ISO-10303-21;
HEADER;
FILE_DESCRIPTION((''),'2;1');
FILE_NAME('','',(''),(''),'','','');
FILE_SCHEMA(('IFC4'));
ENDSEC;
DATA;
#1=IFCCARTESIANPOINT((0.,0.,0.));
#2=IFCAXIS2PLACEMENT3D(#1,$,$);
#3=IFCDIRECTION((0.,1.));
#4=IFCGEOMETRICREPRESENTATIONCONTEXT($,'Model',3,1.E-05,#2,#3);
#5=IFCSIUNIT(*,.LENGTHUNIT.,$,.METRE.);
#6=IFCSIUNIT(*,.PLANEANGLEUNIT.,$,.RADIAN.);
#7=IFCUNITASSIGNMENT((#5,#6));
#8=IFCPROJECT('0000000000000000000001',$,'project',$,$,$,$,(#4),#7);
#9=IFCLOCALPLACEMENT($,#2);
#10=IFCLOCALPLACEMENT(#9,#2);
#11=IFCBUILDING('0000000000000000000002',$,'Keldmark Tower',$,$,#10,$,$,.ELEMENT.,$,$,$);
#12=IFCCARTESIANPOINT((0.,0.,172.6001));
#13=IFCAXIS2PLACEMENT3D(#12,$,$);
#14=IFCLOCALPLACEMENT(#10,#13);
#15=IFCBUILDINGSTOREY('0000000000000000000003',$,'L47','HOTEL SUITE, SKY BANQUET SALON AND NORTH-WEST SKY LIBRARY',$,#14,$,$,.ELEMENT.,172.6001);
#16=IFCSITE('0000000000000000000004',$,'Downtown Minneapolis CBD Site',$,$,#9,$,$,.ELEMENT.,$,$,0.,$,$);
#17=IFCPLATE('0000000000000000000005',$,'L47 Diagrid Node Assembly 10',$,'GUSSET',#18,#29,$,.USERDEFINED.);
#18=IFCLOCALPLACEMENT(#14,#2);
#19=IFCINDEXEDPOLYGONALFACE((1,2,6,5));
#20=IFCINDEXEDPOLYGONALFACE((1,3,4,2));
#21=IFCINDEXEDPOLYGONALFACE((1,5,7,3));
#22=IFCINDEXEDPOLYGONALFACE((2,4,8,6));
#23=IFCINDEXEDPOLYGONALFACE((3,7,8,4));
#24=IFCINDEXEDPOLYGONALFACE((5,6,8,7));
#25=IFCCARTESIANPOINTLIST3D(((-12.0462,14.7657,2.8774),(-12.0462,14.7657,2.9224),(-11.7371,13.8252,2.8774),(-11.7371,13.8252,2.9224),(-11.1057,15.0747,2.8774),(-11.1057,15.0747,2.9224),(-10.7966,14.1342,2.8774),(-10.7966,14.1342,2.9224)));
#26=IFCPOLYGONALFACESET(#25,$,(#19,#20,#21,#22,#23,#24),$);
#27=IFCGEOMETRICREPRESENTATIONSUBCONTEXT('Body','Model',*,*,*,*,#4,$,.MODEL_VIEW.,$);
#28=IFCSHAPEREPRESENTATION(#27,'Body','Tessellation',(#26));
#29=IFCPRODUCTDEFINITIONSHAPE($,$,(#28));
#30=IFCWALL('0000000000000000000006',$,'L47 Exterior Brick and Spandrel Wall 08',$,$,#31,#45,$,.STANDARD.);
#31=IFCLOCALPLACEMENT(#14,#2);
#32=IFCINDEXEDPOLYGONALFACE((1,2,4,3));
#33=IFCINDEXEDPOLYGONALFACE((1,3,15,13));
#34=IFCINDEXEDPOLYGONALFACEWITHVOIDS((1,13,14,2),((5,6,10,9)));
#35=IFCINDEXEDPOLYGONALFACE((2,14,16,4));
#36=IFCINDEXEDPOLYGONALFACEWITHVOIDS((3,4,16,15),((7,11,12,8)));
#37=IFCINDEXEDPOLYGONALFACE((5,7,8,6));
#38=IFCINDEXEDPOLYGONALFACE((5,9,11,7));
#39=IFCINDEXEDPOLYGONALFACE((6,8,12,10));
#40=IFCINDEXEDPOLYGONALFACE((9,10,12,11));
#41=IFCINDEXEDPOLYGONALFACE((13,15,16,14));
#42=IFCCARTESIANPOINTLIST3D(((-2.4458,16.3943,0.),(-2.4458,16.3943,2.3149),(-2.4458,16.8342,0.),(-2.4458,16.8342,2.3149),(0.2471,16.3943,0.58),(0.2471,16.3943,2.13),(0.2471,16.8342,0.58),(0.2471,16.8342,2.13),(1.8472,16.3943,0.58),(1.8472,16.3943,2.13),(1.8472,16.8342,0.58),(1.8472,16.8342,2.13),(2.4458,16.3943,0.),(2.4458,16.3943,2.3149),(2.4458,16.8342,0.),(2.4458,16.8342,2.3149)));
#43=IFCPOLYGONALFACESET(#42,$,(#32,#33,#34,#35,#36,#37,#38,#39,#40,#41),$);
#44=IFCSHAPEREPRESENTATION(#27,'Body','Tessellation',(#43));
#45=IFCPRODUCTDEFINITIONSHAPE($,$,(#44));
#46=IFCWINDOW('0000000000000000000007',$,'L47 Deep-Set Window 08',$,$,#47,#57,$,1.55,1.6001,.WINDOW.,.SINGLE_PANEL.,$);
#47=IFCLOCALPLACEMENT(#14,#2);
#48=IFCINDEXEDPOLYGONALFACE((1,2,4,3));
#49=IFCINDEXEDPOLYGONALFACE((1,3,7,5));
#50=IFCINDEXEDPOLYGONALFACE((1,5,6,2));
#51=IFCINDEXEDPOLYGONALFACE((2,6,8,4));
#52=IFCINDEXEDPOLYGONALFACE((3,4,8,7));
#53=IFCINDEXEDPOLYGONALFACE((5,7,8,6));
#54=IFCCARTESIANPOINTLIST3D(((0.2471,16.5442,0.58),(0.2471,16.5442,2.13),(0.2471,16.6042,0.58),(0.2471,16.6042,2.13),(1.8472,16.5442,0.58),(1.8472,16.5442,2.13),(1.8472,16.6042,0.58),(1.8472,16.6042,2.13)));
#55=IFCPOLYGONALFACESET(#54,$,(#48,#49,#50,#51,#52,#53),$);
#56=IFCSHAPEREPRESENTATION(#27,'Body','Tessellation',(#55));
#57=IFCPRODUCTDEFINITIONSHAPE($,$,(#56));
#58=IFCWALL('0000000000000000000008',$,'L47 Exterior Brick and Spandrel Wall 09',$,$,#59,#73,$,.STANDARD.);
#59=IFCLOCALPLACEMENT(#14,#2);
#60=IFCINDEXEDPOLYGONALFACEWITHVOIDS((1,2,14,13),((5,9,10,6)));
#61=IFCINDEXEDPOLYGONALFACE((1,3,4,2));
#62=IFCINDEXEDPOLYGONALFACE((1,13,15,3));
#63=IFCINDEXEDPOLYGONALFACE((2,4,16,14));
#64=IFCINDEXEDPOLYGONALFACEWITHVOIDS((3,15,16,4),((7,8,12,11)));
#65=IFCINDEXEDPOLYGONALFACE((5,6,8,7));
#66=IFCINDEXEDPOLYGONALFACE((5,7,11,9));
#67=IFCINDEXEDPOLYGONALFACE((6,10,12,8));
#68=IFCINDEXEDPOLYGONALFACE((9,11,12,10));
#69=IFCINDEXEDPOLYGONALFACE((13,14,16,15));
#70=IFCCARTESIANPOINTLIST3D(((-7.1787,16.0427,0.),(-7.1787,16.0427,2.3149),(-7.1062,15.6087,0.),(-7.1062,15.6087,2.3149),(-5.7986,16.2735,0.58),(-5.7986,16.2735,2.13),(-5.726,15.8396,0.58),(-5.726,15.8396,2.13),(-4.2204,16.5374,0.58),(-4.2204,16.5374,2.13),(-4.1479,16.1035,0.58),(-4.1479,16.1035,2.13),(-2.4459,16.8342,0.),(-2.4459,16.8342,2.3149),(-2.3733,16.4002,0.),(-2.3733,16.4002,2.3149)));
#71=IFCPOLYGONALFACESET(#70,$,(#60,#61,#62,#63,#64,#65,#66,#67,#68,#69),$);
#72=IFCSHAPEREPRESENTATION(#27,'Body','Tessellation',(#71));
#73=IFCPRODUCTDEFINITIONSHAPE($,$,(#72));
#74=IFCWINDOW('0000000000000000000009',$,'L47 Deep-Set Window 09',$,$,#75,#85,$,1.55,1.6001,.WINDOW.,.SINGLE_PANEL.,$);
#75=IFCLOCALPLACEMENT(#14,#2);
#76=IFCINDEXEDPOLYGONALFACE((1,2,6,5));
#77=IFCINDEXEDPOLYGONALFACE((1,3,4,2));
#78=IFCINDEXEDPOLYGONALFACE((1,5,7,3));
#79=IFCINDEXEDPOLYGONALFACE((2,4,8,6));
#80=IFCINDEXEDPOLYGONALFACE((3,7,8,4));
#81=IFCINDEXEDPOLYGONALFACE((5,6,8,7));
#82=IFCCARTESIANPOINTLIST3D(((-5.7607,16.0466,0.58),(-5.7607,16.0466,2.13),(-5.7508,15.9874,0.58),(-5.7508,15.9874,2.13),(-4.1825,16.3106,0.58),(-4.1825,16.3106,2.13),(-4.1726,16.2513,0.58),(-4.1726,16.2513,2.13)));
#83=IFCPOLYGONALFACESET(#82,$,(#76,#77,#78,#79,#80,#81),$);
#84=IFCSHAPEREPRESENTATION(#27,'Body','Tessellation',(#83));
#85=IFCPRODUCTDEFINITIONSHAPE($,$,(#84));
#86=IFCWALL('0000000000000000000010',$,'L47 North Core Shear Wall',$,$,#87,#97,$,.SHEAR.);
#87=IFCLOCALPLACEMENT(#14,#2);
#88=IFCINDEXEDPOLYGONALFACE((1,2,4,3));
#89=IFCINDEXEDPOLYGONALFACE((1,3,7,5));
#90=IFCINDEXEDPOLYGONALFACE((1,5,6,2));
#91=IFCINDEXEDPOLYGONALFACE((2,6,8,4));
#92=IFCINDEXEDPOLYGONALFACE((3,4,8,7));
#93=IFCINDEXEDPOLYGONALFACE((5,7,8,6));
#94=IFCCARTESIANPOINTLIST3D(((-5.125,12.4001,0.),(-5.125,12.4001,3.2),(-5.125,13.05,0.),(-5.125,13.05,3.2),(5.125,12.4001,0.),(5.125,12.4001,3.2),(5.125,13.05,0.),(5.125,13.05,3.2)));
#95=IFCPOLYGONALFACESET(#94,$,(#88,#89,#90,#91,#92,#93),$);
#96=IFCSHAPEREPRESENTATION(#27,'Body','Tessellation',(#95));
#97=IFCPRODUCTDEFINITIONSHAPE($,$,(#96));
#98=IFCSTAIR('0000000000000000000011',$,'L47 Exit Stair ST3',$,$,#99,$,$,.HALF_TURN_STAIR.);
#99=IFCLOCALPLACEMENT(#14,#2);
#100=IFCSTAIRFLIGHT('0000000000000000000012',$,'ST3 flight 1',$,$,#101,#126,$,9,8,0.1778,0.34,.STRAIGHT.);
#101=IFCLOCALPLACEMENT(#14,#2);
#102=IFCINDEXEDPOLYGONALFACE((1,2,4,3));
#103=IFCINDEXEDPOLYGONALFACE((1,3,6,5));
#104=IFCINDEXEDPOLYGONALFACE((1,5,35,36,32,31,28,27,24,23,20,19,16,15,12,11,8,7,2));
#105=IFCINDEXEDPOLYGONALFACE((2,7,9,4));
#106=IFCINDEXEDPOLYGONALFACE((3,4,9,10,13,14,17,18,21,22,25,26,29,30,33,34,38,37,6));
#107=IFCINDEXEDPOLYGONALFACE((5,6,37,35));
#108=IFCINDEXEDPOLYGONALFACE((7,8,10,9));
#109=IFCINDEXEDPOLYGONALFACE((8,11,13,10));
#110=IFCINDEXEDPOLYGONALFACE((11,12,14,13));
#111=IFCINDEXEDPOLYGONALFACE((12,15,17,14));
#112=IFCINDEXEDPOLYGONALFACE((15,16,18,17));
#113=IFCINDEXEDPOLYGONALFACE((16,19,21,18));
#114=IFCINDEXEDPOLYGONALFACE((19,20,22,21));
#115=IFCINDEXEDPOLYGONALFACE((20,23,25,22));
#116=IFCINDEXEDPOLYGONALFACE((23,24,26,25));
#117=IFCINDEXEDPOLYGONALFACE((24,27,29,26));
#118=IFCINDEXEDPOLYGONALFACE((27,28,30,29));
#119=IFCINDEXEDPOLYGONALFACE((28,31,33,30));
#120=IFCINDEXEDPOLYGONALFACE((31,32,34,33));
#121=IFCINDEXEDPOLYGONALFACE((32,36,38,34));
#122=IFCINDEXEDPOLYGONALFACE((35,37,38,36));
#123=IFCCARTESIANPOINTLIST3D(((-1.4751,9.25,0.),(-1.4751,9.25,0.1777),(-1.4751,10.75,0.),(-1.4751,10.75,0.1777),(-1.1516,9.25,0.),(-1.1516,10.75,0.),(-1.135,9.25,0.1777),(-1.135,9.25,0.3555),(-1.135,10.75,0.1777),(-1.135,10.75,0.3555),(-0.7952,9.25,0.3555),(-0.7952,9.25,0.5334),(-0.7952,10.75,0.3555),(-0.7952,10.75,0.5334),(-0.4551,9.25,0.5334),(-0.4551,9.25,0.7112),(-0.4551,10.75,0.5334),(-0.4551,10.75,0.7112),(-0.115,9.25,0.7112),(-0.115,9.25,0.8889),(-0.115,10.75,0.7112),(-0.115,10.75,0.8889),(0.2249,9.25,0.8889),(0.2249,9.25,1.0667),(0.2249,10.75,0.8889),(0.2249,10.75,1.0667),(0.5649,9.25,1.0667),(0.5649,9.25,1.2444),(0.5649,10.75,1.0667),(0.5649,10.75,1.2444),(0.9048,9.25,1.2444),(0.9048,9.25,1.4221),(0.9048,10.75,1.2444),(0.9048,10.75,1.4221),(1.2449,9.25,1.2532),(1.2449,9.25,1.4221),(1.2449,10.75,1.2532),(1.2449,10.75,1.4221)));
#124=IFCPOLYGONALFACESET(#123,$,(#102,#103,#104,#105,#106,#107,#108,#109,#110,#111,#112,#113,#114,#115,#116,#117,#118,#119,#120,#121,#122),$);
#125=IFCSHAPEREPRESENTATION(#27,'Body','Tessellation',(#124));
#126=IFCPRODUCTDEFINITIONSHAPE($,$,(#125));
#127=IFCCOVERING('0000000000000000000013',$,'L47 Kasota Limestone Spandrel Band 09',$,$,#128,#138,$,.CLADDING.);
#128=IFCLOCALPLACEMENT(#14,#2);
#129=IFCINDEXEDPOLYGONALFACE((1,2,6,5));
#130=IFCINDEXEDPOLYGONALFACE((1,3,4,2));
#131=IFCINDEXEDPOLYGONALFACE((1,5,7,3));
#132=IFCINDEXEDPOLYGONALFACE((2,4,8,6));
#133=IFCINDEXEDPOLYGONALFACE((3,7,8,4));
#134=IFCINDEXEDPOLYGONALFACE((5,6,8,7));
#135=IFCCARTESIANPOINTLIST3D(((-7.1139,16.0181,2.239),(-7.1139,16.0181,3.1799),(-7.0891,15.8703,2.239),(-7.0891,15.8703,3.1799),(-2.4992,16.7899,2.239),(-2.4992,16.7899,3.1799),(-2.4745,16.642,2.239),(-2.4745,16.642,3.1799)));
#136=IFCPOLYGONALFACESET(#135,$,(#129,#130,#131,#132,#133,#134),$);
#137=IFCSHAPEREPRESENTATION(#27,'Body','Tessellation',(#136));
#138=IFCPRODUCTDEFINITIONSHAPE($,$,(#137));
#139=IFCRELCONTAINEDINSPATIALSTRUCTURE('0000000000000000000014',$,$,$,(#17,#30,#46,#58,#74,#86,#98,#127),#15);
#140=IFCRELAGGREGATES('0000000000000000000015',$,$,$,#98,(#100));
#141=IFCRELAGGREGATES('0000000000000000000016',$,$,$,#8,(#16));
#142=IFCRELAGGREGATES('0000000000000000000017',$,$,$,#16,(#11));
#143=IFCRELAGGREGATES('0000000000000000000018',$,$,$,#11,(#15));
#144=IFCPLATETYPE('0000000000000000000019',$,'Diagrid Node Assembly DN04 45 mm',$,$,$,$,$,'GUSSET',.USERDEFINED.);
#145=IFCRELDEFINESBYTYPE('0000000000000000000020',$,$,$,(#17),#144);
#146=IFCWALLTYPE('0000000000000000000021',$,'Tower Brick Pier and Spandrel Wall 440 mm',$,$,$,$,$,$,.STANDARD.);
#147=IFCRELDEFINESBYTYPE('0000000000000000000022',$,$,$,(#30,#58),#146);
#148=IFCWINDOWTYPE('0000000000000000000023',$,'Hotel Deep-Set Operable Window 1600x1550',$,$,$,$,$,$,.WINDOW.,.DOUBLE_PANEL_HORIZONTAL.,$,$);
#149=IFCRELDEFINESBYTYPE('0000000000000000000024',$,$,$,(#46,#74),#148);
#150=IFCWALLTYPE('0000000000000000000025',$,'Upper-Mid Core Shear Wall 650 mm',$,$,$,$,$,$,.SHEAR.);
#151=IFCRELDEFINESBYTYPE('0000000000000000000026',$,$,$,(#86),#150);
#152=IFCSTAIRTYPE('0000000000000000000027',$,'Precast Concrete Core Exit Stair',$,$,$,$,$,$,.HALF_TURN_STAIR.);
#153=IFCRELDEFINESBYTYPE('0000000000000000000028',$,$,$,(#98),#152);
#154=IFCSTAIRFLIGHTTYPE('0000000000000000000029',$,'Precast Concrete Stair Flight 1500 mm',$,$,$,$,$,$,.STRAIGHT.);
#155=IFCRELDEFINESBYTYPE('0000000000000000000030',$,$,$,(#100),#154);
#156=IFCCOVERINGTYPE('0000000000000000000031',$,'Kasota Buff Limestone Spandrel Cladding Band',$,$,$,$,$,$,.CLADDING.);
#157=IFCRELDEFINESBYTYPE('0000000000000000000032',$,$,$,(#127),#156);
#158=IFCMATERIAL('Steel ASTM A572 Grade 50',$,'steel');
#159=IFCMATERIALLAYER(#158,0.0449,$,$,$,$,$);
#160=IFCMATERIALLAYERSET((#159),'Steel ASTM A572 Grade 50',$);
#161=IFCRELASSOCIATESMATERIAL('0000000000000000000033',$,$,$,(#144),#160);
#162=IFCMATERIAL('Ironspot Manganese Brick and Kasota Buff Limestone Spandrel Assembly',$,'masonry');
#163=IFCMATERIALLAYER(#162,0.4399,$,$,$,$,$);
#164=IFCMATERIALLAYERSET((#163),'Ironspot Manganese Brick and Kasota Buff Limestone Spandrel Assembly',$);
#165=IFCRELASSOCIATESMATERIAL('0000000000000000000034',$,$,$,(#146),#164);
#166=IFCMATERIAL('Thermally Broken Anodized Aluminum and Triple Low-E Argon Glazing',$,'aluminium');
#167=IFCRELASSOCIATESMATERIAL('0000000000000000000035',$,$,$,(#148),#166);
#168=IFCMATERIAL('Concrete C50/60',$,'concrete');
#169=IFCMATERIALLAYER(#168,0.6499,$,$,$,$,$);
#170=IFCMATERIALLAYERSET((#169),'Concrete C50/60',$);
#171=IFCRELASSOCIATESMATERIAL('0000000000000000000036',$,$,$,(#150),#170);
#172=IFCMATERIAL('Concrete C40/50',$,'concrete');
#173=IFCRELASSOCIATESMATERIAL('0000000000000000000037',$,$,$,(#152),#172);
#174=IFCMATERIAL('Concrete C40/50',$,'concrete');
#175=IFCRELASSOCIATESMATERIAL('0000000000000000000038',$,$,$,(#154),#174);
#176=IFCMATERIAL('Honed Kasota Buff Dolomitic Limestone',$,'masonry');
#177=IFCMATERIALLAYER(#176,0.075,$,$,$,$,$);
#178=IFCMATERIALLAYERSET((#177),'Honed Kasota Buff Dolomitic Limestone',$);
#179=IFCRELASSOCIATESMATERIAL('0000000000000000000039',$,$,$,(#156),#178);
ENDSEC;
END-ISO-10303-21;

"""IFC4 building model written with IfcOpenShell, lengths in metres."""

from ifc_helpers import new_model, si_unit, direction, frame, frame_2d, origin, origin_2d, place, context, subcontext, project, spatial, polyline, rectangle, outline, extrude, material, layer, layer_set, type_object, element, fill, aggregate, save


model = new_model("IFC4")

# Units and contexts
model_context = context("Model", 3, precision=1e-05, world=origin(), true_north=direction((0.0, 1.0)))
body_context = subcontext(model_context, "Body", "Model", "MODEL_VIEW")
ifc_project = project(units=[si_unit("LENGTHUNIT", "METRE"), si_unit("PLANEANGLEUNIT", "RADIAN")], contexts=[model_context])

# Site, building, storey
site_placement = place(None, origin())
site = spatial("IfcSite", under=ifc_project, at=site_placement, Name="Downtown Minneapolis CBD Site", CompositionType="ELEMENT", RefElevation=0.0)
building_placement = place(site_placement, origin())
building = spatial("IfcBuilding", under=site, at=building_placement, Name="Keldmark Tower", CompositionType="ELEMENT")
storey_placement = place(building_placement, frame((0.0, 0.0, 172.6001)))
storey = spatial("IfcBuildingStorey", under=building, at=storey_placement, Name="L47", Description="HOTEL SUITE, SKY BANQUET SALON AND NORTH-WEST SKY LIBRARY", CompositionType="ELEMENT", Elevation=172.6001)

# Plate
ifc_material_1 = material(Name="Steel ASTM A572 Grade 50", Category="steel")
ifc_layer_1 = layer(ifc_material_1, 0.0449)
ifc_layer_set_1 = layer_set([ifc_layer_1], Name="Steel ASTM A572 Grade 50")
plate_type_1 = type_object("IfcPlateType", Name="Diagrid Node Assembly DN04 45 mm", ElementType="GUSSET", PredefinedType="USERDEFINED", material=ifc_layer_set_1)
for number, where, z_axis, x_axis, name in (
    (1, (-11.4214, 14.45, 2.8774), (0.0, 0.0, 1.0), (-0.950027, -0.312169, 0.0), "L47 Diagrid Node Assembly 10"),
):
    element("IfcPlate", number, at=place(storey_placement, frame(where, z_axis=z_axis, x_axis=x_axis)), inside=storey, type_object=plate_type_1, Name=name, ObjectType="GUSSET", PredefinedType="USERDEFINED", context=body_context, shape_type="SweptSolid", body=[
        extrude(rectangle(XDim=0.99, YDim=0.99, at=origin_2d()), origin(), (0.0, 0.0, 1.0), 0.0449),
    ])

# Walls, openings, windows
ifc_material_2 = material(Name="Ironspot Manganese Brick and Kasota Buff Limestone Spandrel Assembly", Category="masonry")
ifc_layer_2 = layer(ifc_material_2, 0.4399)
ifc_layer_set_2 = layer_set([ifc_layer_2], Name="Ironspot Manganese Brick and Kasota Buff Limestone Spandrel Assembly")
wall_type_1 = type_object("IfcWallType", Name="Tower Brick Pier and Spandrel Wall 440 mm", PredefinedType="STANDARD", material=ifc_layer_set_2)
wall_1_placement = place(storey_placement, frame((-2.4458, 16.6143, 0.0), z_axis=(0.0, 0.0, 1.0), x_axis=(1.0, 0.0, 0.0)))
wall_1 = element("IfcWall", 2, at=wall_1_placement, inside=storey, type_object=wall_type_1, Name="L47 Exterior Brick and Spandrel Wall 08", PredefinedType="STANDARD", context=body_context, shape_type="SweptSolid", body=[
    extrude(rectangle(XDim=4.8916, YDim=0.4399, at=frame_2d((2.4458, 0.0))), origin(), (0.0, 0.0, 1.0), 2.3149),
])
opening_1_placement = place(wall_1_placement, frame((2.6929, 0.0, 0.5801)))
opening_1 = element("IfcOpeningElement", 3, at=opening_1_placement, cuts=wall_1, PredefinedType="OPENING", context=body_context, shape_type="SweptSolid", body=[
    extrude(rectangle(XDim=1.6001, YDim=1.55, at=frame_2d((0.8, 0.7749))), frame((0.0, 0.23, 0.0), z_axis=(0.0, -1.0, 0.0), x_axis=(1.0, 0.0, 0.0)), (0.0, 0.0, 1.0), 0.46),
])
ifc_material_3 = material(Name="Thermally Broken Anodized Aluminum and Triple Low-E Argon Glazing", Category="aluminium")
window_type = type_object("IfcWindowType", Name="Hotel Deep-Set Operable Window 1600x1550", PartitioningType="DOUBLE_PANEL_HORIZONTAL", PredefinedType="WINDOW", material=ifc_material_3)
window_1_placement = place(opening_1_placement, origin())
window_1 = element("IfcWindow", 4, at=window_1_placement, inside=storey, type_object=window_type, Name="L47 Deep-Set Window 08", OverallHeight=1.55, OverallWidth=1.6001, PartitioningType="SINGLE_PANEL", PredefinedType="WINDOW", context=body_context, shape_type="SweptSolid", body=[
    extrude(rectangle(XDim=1.6001, YDim=1.55, at=frame_2d((0.8, 0.7749))), frame((0.0, -0.01, 0.0), z_axis=(0.0, -1.0, 0.0), x_axis=(1.0, 0.0, 0.0)), (0.0, 0.0, 1.0), 0.0601),
])
fill(opening_1, window_1)
wall_2_placement = place(storey_placement, frame((-7.1426, 15.8257, 0.0), z_axis=(0.0, 0.0, 1.0), x_axis=(0.986303, 0.164943, 0.0)))
wall_2 = element("IfcWall", 5, at=wall_2_placement, inside=storey, type_object=wall_type_1, Name="L47 Exterior Brick and Spandrel Wall 09", PredefinedType="STANDARD", context=body_context, shape_type="SweptSolid", body=[
    extrude(rectangle(XDim=4.7986, YDim=0.4399, at=frame_2d((2.3994, 0.0))), origin(), (0.0, 0.0, 1.0), 2.3149),
])
opening_2_placement = place(wall_2_placement, frame((1.3994, 0.0, 0.5801)))
opening_2 = element("IfcOpeningElement", 6, at=opening_2_placement, cuts=wall_2, PredefinedType="OPENING", context=body_context, shape_type="SweptSolid", body=[
    extrude(rectangle(XDim=1.6001, YDim=1.55, at=frame_2d((0.8, 0.7749))), frame((0.0, 0.23, 0.0), z_axis=(0.0, -1.0, 0.0), x_axis=(1.0, 0.0, 0.0)), (0.0, 0.0, 1.0), 0.46),
])
window_2_placement = place(opening_2_placement, origin())
window_2 = element("IfcWindow", 7, at=window_2_placement, inside=storey, type_object=window_type, Name="L47 Deep-Set Window 09", OverallHeight=1.55, OverallWidth=1.6001, PartitioningType="SINGLE_PANEL", PredefinedType="WINDOW", context=body_context, shape_type="SweptSolid", body=[
    extrude(rectangle(XDim=1.6001, YDim=1.55, at=frame_2d((0.8, 0.7749))), frame((0.0, -0.01, 0.0), z_axis=(0.0, -1.0, 0.0), x_axis=(1.0, 0.0, 0.0)), (0.0, 0.0, 1.0), 0.0601),
])
fill(opening_2, window_2)

# Wall
ifc_material_4 = material(Name="Concrete C50/60", Category="concrete")
ifc_layer_3 = layer(ifc_material_4, 0.6499)
ifc_layer_set_3 = layer_set([ifc_layer_3], Name="Concrete C50/60")
wall_type_2 = type_object("IfcWallType", Name="Upper-Mid Core Shear Wall 650 mm", PredefinedType="SHEAR", material=ifc_layer_set_3)
wall_3_placement = place(storey_placement, frame((-5.125, 12.7251, 0.0), z_axis=(0.0, 0.0, 1.0), x_axis=(1.0, 0.0, 0.0)))
element("IfcWall", 8, at=wall_3_placement, inside=storey, type_object=wall_type_2, Name="L47 North Core Shear Wall", PredefinedType="SHEAR", context=body_context, shape_type="SweptSolid", body=[
    extrude(rectangle(XDim=10.25, YDim=0.6499, at=frame_2d((5.125, 0.0))), origin(), (0.0, 0.0, 1.0), 3.2),
])

# Stair, stair flight
ifc_material_5 = material(Name="Concrete C40/50", Category="concrete")
stair_type = type_object("IfcStairType", Name="Precast Concrete Core Exit Stair", PredefinedType="HALF_TURN_STAIR", material=ifc_material_5)
stair_placement = place(storey_placement, origin())
stair = element("IfcStair", 9, at=stair_placement, inside=storey, type_object=stair_type, Name="L47 Exit Stair ST3", PredefinedType="HALF_TURN_STAIR")
ifc_material_6 = material(Name="Concrete C40/50", Category="concrete")
stair_flight_type = type_object("IfcStairFlightType", Name="Precast Concrete Stair Flight 1500 mm", PredefinedType="STRAIGHT", material=ifc_material_6)
stair_flight_placement = place(storey_placement, frame((-1.4751, 10.0, 0.0), z_axis=(0.0, 0.0, 1.0), x_axis=(1.0, 0.0, 0.0)))
stair_flight = element("IfcStairFlight", 10, at=stair_flight_placement, type_object=stair_flight_type, Name="ST3 flight 1", NumberOfRisers=9, NumberOfTreads=8, PredefinedType="STRAIGHT", RiserHeight=0.1778, TreadLength=0.34, context=body_context, shape_type="SweptSolid", body=[
    extrude(outline(polyline([(0.0, 0.0), (0.0, 0.1777), (0.3401, 0.1777), (0.3401, 0.3555), (0.6799, 0.3555), (0.6799, 0.5334), (1.02, 0.5334), (1.02, 0.7112), (1.3601, 0.7112), (1.3601, 0.8889), (1.7, 0.8889), (1.7, 1.0667), (2.04, 1.0667), (2.04, 1.2444), (2.3799, 1.2444), (2.3799, 1.4221), (2.72, 1.4221), (2.72, 1.6001), (2.72, 1.2532), (0.3235, 0.0), (0.0, 0.0)])), frame((0.0, 0.75, 0.0), z_axis=(0.0, -1.0, 0.0), x_axis=(1.0, 0.0, 0.0)), (0.0, 0.0, 1.0), 1.5),
])
aggregate(stair, [stair_flight])

# Covering
ifc_material_7 = material(Name="Honed Kasota Buff Dolomitic Limestone", Category="masonry")
ifc_layer_4 = layer(ifc_material_7, 0.075)
ifc_layer_set_4 = layer_set([ifc_layer_4], Name="Honed Kasota Buff Dolomitic Limestone")
covering_type = type_object("IfcCoveringType", Name="Kasota Buff Limestone Spandrel Cladding Band", PredefinedType="CLADDING", material=ifc_layer_set_4)
covering_placement = place(storey_placement, frame((-4.7942, 16.3301, 2.239), z_axis=(0.0, 0.0, 1.0), x_axis=(-0.986303, -0.164944, 0.0)))
element("IfcCovering", 11, at=covering_placement, inside=storey, type_object=covering_type, Name="L47 Kasota Limestone Spandrel Band 09", PredefinedType="CLADDING", context=body_context, shape_type="SweptSolid", body=[
    extrude(rectangle(XDim=4.6787, YDim=0.1499, at=origin_2d()), origin(), (0.0, 0.0, 1.0), 0.9409),
])

save(model, "model.ifc")
